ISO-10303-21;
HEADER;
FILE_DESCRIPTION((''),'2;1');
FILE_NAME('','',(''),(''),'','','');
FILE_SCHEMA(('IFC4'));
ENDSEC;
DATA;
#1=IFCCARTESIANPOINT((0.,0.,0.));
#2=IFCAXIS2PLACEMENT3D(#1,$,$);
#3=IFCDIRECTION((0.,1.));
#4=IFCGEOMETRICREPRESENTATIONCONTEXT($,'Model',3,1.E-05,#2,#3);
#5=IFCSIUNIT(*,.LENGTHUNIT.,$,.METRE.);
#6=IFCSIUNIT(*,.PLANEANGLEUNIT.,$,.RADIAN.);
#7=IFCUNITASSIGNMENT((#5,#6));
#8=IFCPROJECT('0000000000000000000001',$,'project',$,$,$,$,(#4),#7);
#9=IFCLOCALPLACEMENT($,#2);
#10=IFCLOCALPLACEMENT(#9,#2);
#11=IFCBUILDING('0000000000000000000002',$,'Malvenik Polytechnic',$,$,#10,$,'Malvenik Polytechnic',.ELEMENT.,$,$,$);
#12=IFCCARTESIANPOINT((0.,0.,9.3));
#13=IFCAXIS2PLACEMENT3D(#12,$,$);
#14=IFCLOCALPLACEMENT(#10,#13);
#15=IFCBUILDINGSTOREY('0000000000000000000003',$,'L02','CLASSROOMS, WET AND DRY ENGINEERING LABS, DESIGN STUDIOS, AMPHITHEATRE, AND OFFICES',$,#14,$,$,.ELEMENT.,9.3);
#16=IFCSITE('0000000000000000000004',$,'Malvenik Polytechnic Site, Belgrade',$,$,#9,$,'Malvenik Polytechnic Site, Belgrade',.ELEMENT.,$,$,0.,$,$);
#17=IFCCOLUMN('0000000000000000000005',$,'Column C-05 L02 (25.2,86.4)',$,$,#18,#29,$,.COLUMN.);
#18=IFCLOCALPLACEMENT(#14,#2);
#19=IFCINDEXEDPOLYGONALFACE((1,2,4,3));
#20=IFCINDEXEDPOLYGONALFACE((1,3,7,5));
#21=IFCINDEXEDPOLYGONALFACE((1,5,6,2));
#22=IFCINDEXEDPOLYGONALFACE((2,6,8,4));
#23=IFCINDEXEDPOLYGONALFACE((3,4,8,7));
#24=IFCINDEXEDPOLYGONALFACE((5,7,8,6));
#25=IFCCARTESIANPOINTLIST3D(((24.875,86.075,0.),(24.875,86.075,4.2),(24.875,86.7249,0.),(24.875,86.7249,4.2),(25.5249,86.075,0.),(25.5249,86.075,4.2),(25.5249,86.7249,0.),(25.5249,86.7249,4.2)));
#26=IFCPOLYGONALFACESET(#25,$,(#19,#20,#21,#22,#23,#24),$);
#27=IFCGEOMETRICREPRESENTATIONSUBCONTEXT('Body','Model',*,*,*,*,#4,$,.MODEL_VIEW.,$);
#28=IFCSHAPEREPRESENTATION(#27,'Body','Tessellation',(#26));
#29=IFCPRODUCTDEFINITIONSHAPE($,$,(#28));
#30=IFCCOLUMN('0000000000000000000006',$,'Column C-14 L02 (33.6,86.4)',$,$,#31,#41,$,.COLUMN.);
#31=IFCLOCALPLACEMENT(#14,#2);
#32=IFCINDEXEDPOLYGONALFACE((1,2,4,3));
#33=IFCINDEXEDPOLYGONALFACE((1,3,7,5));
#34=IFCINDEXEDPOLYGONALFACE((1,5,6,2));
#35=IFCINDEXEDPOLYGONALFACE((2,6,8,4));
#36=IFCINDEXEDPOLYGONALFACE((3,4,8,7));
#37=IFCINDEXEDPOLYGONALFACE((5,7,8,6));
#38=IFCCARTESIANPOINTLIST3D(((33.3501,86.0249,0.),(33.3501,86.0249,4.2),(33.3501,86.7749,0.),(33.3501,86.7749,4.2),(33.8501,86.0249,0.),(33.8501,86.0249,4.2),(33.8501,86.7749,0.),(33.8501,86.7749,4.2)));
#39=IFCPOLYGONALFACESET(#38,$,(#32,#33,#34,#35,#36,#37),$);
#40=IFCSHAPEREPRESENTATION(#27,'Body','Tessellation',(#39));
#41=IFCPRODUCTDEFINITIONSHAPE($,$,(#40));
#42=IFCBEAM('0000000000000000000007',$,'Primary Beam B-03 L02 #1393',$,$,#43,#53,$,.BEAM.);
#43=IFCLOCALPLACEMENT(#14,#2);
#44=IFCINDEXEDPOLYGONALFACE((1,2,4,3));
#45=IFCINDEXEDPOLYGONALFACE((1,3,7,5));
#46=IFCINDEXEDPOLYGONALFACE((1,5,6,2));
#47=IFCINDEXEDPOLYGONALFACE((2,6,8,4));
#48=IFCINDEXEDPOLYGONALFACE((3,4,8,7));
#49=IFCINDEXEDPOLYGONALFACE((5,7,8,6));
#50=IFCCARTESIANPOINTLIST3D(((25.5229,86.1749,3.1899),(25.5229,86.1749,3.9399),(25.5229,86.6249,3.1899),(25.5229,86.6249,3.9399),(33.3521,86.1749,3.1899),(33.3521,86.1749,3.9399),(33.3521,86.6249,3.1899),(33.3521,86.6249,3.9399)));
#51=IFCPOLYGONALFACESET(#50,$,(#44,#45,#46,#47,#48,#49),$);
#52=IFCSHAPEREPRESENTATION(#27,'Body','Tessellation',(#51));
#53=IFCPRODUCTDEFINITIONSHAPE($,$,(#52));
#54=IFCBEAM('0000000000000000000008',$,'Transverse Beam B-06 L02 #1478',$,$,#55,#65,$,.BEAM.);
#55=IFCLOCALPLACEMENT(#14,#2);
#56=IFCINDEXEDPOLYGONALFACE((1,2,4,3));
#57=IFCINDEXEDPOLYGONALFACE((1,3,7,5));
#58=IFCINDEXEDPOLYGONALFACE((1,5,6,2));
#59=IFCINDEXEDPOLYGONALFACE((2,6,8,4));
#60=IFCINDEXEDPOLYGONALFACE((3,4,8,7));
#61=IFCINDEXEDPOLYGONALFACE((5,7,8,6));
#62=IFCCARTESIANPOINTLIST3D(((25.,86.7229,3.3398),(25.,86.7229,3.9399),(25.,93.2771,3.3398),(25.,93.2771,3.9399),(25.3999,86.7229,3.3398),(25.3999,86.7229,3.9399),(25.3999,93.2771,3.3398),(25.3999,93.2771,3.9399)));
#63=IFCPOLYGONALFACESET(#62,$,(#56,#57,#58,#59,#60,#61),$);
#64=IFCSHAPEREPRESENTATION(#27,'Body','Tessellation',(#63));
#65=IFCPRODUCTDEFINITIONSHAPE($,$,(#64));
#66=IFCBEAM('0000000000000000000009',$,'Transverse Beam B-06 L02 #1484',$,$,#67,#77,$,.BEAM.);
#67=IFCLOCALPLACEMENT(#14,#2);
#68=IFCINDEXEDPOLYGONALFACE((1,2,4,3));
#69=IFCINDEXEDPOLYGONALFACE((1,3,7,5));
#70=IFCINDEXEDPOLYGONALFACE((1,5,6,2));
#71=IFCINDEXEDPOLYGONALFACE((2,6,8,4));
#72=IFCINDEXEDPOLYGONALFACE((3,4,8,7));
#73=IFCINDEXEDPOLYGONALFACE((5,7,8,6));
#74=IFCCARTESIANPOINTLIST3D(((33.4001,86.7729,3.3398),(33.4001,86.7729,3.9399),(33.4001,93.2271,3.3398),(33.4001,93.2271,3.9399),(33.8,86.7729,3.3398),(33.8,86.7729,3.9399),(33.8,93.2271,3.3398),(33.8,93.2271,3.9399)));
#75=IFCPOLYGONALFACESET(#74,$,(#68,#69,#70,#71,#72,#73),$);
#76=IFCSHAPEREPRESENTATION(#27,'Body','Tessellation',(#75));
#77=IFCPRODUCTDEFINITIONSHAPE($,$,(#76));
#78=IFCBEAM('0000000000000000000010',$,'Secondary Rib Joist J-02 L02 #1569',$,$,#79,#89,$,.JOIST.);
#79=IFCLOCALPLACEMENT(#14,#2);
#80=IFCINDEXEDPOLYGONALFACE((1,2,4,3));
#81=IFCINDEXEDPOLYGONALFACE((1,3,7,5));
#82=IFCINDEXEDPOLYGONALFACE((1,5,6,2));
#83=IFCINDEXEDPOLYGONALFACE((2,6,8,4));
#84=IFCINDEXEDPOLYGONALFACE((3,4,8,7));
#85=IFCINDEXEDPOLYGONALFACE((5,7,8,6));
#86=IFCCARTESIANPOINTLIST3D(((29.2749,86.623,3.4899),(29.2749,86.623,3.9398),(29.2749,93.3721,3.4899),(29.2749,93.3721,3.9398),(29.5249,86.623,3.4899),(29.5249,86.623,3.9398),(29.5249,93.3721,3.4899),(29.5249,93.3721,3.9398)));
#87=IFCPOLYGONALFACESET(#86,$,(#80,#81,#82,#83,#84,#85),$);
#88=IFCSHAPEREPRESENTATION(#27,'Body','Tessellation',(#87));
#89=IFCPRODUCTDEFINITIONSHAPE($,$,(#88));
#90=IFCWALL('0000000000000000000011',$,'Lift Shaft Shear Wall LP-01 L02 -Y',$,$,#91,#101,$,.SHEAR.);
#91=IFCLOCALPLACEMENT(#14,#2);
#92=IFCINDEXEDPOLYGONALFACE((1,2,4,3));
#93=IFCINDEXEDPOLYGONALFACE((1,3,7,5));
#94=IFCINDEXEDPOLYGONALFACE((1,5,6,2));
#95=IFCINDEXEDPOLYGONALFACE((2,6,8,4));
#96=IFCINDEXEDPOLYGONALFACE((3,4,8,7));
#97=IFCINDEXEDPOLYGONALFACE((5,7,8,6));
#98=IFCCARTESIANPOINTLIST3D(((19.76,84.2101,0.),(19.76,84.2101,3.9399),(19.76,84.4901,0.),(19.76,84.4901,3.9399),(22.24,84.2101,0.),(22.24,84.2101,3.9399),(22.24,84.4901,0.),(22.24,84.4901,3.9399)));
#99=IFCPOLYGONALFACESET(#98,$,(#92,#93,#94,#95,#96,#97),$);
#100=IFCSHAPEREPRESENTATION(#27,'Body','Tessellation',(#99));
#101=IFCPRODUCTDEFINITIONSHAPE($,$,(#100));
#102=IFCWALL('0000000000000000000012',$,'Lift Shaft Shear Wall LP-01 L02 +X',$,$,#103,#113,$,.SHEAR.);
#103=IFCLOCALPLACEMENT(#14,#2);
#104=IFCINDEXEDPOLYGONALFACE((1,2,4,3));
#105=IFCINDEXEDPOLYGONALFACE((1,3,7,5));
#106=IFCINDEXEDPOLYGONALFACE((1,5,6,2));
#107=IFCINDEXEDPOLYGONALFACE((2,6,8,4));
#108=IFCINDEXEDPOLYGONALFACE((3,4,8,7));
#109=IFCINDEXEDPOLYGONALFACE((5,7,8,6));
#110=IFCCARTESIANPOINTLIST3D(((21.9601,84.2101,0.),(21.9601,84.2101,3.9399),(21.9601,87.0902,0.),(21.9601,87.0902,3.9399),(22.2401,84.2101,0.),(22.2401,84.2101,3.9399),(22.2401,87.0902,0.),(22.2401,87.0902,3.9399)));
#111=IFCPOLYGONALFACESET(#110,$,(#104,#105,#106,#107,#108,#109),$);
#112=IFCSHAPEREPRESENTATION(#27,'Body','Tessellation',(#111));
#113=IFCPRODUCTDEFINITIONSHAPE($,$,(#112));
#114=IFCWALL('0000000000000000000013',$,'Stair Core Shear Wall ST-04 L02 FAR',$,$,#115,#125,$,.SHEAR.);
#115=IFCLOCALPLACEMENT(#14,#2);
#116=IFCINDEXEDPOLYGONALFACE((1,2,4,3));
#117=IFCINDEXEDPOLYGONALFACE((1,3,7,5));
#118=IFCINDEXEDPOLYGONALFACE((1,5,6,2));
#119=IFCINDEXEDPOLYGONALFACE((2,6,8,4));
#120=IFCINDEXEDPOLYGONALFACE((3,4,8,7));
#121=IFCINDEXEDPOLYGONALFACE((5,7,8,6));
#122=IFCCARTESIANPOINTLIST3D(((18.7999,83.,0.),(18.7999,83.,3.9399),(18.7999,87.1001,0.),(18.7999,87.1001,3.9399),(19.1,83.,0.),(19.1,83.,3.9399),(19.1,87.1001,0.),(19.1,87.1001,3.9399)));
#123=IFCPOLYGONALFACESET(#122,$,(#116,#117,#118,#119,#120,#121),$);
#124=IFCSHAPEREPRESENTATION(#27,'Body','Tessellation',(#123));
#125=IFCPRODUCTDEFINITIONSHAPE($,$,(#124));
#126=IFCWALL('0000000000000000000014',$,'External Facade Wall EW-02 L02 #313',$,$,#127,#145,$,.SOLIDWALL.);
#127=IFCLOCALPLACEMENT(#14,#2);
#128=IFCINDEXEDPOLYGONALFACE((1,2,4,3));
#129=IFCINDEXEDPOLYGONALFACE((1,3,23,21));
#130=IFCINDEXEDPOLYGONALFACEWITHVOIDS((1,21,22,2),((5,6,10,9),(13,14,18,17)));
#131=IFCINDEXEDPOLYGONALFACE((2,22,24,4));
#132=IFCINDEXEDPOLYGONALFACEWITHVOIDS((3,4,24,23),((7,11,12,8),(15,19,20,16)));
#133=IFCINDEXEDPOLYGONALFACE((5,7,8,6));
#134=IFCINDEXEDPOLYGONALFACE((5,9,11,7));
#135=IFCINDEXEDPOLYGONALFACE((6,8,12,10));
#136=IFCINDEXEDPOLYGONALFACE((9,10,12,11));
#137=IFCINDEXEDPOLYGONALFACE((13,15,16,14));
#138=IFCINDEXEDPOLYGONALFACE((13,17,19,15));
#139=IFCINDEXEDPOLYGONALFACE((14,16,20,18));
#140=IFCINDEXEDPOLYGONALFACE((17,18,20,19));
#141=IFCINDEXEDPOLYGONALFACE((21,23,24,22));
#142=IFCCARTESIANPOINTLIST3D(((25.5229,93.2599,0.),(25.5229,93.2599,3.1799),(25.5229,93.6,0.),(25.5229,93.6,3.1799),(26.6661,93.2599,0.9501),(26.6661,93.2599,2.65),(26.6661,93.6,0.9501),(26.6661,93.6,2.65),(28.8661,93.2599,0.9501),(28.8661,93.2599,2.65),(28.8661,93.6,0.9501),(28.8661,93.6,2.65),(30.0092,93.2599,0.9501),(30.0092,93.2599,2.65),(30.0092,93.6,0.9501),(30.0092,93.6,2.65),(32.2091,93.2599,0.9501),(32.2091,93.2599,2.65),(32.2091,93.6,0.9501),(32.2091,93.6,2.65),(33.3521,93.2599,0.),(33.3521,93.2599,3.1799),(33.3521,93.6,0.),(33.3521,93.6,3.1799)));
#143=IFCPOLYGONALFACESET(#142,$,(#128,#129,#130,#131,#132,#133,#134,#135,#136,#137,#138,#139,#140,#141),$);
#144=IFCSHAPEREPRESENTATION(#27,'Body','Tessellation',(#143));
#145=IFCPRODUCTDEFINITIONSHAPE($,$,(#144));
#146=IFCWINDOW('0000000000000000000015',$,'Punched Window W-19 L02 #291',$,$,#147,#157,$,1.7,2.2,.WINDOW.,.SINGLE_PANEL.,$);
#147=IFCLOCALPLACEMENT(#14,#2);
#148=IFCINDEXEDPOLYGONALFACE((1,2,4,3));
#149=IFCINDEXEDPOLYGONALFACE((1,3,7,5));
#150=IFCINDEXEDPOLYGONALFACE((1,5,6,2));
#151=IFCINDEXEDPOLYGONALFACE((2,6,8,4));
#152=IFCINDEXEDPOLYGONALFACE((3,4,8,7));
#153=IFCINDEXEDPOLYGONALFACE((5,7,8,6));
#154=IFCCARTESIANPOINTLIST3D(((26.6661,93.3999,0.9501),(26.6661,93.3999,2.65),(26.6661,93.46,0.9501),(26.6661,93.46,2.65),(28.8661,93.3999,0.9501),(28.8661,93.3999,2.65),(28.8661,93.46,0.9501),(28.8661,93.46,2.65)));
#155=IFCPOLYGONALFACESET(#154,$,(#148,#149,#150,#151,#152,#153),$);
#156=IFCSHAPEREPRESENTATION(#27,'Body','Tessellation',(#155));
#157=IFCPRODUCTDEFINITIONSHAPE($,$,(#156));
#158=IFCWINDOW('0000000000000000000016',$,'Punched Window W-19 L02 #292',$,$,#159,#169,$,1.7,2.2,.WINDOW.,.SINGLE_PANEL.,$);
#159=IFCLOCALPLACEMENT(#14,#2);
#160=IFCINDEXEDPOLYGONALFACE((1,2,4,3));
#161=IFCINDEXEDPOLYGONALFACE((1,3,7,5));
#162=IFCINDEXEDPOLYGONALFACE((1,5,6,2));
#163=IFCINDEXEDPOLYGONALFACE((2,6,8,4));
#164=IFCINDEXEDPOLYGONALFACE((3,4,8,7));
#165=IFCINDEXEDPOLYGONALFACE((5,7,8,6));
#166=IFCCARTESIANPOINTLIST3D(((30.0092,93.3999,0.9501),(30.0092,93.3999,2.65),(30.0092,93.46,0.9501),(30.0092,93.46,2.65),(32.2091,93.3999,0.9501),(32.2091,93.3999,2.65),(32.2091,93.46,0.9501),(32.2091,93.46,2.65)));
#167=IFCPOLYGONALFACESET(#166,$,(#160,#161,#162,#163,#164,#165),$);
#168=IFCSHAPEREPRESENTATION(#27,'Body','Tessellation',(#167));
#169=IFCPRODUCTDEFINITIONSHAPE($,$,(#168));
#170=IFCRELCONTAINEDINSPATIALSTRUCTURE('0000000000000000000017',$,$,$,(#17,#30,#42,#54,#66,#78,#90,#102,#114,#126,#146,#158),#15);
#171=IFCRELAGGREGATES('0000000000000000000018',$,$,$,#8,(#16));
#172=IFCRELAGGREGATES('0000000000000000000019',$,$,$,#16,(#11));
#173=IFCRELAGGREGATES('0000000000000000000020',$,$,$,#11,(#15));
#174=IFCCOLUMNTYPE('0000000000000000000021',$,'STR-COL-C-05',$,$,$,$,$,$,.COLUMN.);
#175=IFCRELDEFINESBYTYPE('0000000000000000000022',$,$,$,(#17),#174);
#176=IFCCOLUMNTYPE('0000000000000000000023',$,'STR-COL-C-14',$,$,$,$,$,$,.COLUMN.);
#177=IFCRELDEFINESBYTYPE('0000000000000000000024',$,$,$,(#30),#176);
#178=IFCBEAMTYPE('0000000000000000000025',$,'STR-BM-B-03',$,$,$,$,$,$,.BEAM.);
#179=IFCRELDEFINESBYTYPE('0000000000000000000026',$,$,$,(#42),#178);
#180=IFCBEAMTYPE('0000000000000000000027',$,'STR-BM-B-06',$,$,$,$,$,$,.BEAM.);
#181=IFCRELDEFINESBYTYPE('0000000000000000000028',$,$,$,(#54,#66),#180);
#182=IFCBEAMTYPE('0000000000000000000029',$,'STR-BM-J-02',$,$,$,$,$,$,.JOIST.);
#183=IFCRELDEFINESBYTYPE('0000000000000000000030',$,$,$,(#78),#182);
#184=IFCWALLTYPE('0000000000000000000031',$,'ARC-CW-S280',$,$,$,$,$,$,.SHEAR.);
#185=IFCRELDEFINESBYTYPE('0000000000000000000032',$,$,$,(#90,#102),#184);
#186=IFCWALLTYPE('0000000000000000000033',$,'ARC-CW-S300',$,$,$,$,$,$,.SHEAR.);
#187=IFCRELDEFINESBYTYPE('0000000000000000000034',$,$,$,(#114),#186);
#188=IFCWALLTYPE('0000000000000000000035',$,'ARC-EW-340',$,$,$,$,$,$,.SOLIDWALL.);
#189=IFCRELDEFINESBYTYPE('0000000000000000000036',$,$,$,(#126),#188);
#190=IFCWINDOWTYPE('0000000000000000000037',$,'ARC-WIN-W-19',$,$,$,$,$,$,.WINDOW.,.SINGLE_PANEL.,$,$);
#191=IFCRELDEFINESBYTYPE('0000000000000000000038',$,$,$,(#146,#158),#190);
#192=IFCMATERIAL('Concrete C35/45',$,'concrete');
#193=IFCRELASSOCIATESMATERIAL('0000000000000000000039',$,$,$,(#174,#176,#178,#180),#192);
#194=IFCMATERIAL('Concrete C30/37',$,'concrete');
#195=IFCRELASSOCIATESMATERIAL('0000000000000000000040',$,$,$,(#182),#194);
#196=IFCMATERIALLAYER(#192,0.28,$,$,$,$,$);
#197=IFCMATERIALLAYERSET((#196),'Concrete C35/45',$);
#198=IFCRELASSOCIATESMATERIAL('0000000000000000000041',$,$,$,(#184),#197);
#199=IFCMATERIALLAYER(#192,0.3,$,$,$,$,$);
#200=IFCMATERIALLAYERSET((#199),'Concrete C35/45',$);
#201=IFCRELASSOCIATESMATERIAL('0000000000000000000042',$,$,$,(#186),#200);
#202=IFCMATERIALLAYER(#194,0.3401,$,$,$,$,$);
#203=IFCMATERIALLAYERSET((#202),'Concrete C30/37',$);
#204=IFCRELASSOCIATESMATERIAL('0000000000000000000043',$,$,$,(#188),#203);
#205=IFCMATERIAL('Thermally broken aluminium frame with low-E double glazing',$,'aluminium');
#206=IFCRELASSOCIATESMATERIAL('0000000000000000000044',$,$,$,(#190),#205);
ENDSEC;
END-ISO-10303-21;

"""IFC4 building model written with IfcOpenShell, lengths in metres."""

from ifc_helpers import new_model, si_unit, direction, frame, frame_2d, origin, origin_2d, place, context, subcontext, project, spatial, rectangle, extrude, material, layer, layer_set, material_profile, profile_set, type_object, element, fill, save


model = new_model("IFC4")

# Units and contexts
model_context = context("Model", 3, precision=1e-05, world=origin(), true_north=direction((0.0, 1.0)))
body_context = subcontext(model_context, "Body", "Model", "MODEL_VIEW")
ifc_project = project(units=[si_unit("LENGTHUNIT", "METRE"), si_unit("PLANEANGLEUNIT", "RADIAN")], contexts=[model_context])

# Site, building, storey
site_placement = place(None, origin())
site = spatial("IfcSite", under=ifc_project, at=site_placement, Name="Malvenik Polytechnic Site, Belgrade", LongName="Malvenik Polytechnic Site, Belgrade", CompositionType="ELEMENT", RefElevation=0.0)
building_placement = place(site_placement, origin())
building = spatial("IfcBuilding", under=site, at=building_placement, Name="Malvenik Polytechnic", LongName="Malvenik Polytechnic", CompositionType="ELEMENT")
storey_placement = place(building_placement, frame((0.0, 0.0, 9.3)))
storey = spatial("IfcBuildingStorey", under=building, at=storey_placement, Name="L02", Description="CLASSROOMS, WET AND DRY ENGINEERING LABS, DESIGN STUDIOS, AMPHITHEATRE, AND OFFICES", CompositionType="ELEMENT", Elevation=9.3)

# Columns
ifc_material_1 = material(Name="Concrete C35/45", Category="concrete")
ifc_material_profile_1 = material_profile(ifc_material_1, rectangle(XDim=0.6499, YDim=0.6499, at=origin_2d()), Name="RC COL 650x650")
ifc_profile_set_1 = profile_set([ifc_material_profile_1], Name="Concrete C35/45")
column_type_1 = type_object("IfcColumnType", Name="STR-COL-C-05", PredefinedType="COLUMN", material=ifc_profile_set_1)
column_1_placement = place(storey_placement, frame((25.2, 86.3999, 0.0), z_axis=(0.0, 0.0, 1.0), x_axis=(1.0, 0.0, 0.0)))
element("IfcColumn", 1, at=column_1_placement, inside=storey, type_object=column_type_1, Name="Column C-05 L02 (25.2,86.4)", PredefinedType="COLUMN", context=body_context, shape_type="SweptSolid", body=[
    extrude(rectangle(XDim=0.6499, YDim=0.6499, at=origin_2d()), origin(), (0.0, 0.0, 1.0), 4.2),
])
ifc_material_profile_2 = material_profile(ifc_material_1, rectangle(XDim=0.5, YDim=0.75, at=origin_2d()), Name="RC COL 750x500")
ifc_profile_set_2 = profile_set([ifc_material_profile_2], Name="Concrete C35/45")
column_type_2 = type_object("IfcColumnType", Name="STR-COL-C-14", PredefinedType="COLUMN", material=ifc_profile_set_2)
column_2_placement = place(storey_placement, frame((33.6001, 86.3999, 0.0), z_axis=(0.0, 0.0, 1.0), x_axis=(1.0, 0.0, 0.0)))
element("IfcColumn", 2, at=column_2_placement, inside=storey, type_object=column_type_2, Name="Column C-14 L02 (33.6,86.4)", PredefinedType="COLUMN", context=body_context, shape_type="SweptSolid", body=[
    extrude(rectangle(XDim=0.5, YDim=0.75, at=origin_2d()), origin(), (0.0, 0.0, 1.0), 4.2),
])

# Beams
ifc_material_profile_3 = material_profile(ifc_material_1, rectangle(XDim=0.45, YDim=0.75, at=origin_2d()), Name="RC BM 450x750")
ifc_profile_set_3 = profile_set([ifc_material_profile_3], Name="Concrete C35/45")
beam_type_1 = type_object("IfcBeamType", Name="STR-BM-B-03", PredefinedType="BEAM", material=ifc_profile_set_3)
beam_1_placement = place(storey_placement, frame((25.5229, 86.3999, 3.5649), z_axis=(1.0, 0.0, 0.0), x_axis=(0.0, 1.0, 0.0)))
element("IfcBeam", 3, at=beam_1_placement, inside=storey, type_object=beam_type_1, Name="Primary Beam B-03 L02 #1393", PredefinedType="BEAM", context=body_context, shape_type="SweptSolid", body=[
    extrude(rectangle(XDim=0.45, YDim=0.75, at=origin_2d()), origin(), (0.0, 0.0, 1.0), 7.8291),
])
ifc_material_profile_4 = material_profile(ifc_material_1, rectangle(XDim=0.3999, YDim=0.6001, at=origin_2d()), Name="RC BM 400x600")
ifc_profile_set_4 = profile_set([ifc_material_profile_4], Name="Concrete C35/45")
beam_type_2 = type_object("IfcBeamType", Name="STR-BM-B-06", PredefinedType="BEAM", material=ifc_profile_set_4)
beam_2_placement = place(storey_placement, frame((25.2, 86.7229, 3.6399), z_axis=(0.0, 1.0, 0.0), x_axis=(-1.0, 0.0, 0.0)))
element("IfcBeam", 4, at=beam_2_placement, inside=storey, type_object=beam_type_2, Name="Transverse Beam B-06 L02 #1478", PredefinedType="BEAM", context=body_context, shape_type="SweptSolid", body=[
    extrude(rectangle(XDim=0.3999, YDim=0.6001, at=origin_2d()), origin(), (0.0, 0.0, 1.0), 6.5542),
])
beam_3_placement = place(storey_placement, frame((33.6001, 86.7729, 3.6399), z_axis=(0.0, 1.0, 0.0), x_axis=(-1.0, 0.0, 0.0)))
element("IfcBeam", 5, at=beam_3_placement, inside=storey, type_object=beam_type_2, Name="Transverse Beam B-06 L02 #1484", PredefinedType="BEAM", context=body_context, shape_type="SweptSolid", body=[
    extrude(rectangle(XDim=0.3999, YDim=0.6001, at=origin_2d()), origin(), (0.0, 0.0, 1.0), 6.4541),
])
ifc_material_2 = material(Name="Concrete C30/37", Category="concrete")
ifc_material_profile_5 = material_profile(ifc_material_2, rectangle(XDim=0.25, YDim=0.45, at=origin_2d()), Name="RC JST 250x450")
ifc_profile_set_5 = profile_set([ifc_material_profile_5], Name="Concrete C30/37")
beam_type_3 = type_object("IfcBeamType", Name="STR-BM-J-02", PredefinedType="JOIST", material=ifc_profile_set_5)
beam_4_placement = place(storey_placement, frame((29.3999, 86.623, 3.7148), z_axis=(0.0, 1.0, 0.0), x_axis=(-1.0, 0.0, 0.0)))
element("IfcBeam", 6, at=beam_4_placement, inside=storey, type_object=beam_type_3, Name="Secondary Rib Joist J-02 L02 #1569", PredefinedType="JOIST", context=body_context, shape_type="SweptSolid", body=[
    extrude(rectangle(XDim=0.25, YDim=0.45, at=origin_2d()), origin(), (0.0, 0.0, 1.0), 6.749),
])

# Wall
ifc_layer_1 = layer(ifc_material_1, 0.28)
ifc_layer_set_1 = layer_set([ifc_layer_1], Name="Concrete C35/45")
wall_type_1 = type_object("IfcWallType", Name="ARC-CW-S280", PredefinedType="SHEAR", material=ifc_layer_set_1)
wall_1_placement = place(storey_placement, frame((22.24, 84.3501, 0.0), z_axis=(0.0, 0.0, 1.0), x_axis=(-1.0, 0.0, 0.0)))
element("IfcWall", 7, at=wall_1_placement, inside=storey, type_object=wall_type_1, Name="Lift Shaft Shear Wall LP-01 L02 -Y", PredefinedType="SHEAR", context=body_context, shape_type="SweptSolid", body=[
    extrude(rectangle(XDim=2.48, YDim=0.28, at=frame_2d((1.24, 0.0))), origin(), (0.0, 0.0, 1.0), 3.9399),
])

# Walls
wall_2_placement = place(storey_placement, frame((22.1001, 87.0901, 0.0), z_axis=(0.0, 0.0, 1.0), x_axis=(0.0, -1.0, 0.0)))
element("IfcWall", 8, at=wall_2_placement, inside=storey, type_object=wall_type_1, Name="Lift Shaft Shear Wall LP-01 L02 +X", PredefinedType="SHEAR", context=body_context, shape_type="SweptSolid", body=[
    extrude(rectangle(XDim=2.8801, YDim=0.28, at=frame_2d((1.4399, 0.0))), origin(), (0.0, 0.0, 1.0), 3.9399),
])
ifc_layer_2 = layer(ifc_material_1, 0.3)
ifc_layer_set_2 = layer_set([ifc_layer_2], Name="Concrete C35/45")
wall_type_2 = type_object("IfcWallType", Name="ARC-CW-S300", PredefinedType="SHEAR", material=ifc_layer_set_2)
wall_3_placement = place(storey_placement, frame((18.95, 87.1001, 0.0), z_axis=(0.0, 0.0, 1.0), x_axis=(0.0, -1.0, 0.0)))
element("IfcWall", 9, at=wall_3_placement, inside=storey, type_object=wall_type_2, Name="Stair Core Shear Wall ST-04 L02 FAR", PredefinedType="SHEAR", context=body_context, shape_type="SweptSolid", body=[
    extrude(rectangle(XDim=4.1001, YDim=0.3, at=frame_2d((2.05, 0.0))), origin(), (0.0, 0.0, 1.0), 3.9399),
])

# Wall, openings, windows
ifc_layer_3 = layer(ifc_material_2, 0.3401)
ifc_layer_set_3 = layer_set([ifc_layer_3], Name="Concrete C30/37")
wall_type_3 = type_object("IfcWallType", Name="ARC-EW-340", PredefinedType="SOLIDWALL", material=ifc_layer_set_3)
wall_4_placement = place(storey_placement, frame((25.5229, 93.4299, 0.0), z_axis=(0.0, 0.0, 1.0), x_axis=(1.0, 0.0, 0.0)))
wall_4 = element("IfcWall", 10, at=wall_4_placement, inside=storey, type_object=wall_type_3, Name="External Facade Wall EW-02 L02 #313", PredefinedType="SOLIDWALL", context=body_context, shape_type="SweptSolid", body=[
    extrude(rectangle(XDim=7.8291, YDim=0.3401, at=frame_2d((3.9146, 0.0))), origin(), (0.0, 0.0, 1.0), 3.1799),
])
opening_1_placement = place(wall_4_placement, frame((1.1431, 0.0, 0.95)))
opening_1 = element("IfcOpeningElement", 11, at=opening_1_placement, cuts=wall_4, PredefinedType="OPENING", context=body_context, shape_type="SweptSolid", body=[
    extrude(rectangle(XDim=2.2, YDim=1.7, at=frame_2d((1.1001, 0.8501))), frame((0.0, 0.1802, 0.0), z_axis=(0.0, -1.0, 0.0), x_axis=(1.0, 0.0, 0.0)), (0.0, 0.0, 1.0), 0.3601),
])
opening_2_placement = place(wall_4_placement, frame((4.4861, 0.0, 0.95)))
opening_2 = element("IfcOpeningElement", 12, at=opening_2_placement, cuts=wall_4, PredefinedType="OPENING", context=body_context, shape_type="SweptSolid", body=[
    extrude(rectangle(XDim=2.2, YDim=1.7, at=frame_2d((1.1001, 0.8501))), frame((0.0, 0.1802, 0.0), z_axis=(0.0, -1.0, 0.0), x_axis=(1.0, 0.0, 0.0)), (0.0, 0.0, 1.0), 0.3601),
])
ifc_material_3 = material(Name="Thermally broken aluminium frame with low-E double glazing", Category="aluminium")
window_type = type_object("IfcWindowType", Name="ARC-WIN-W-19", PartitioningType="SINGLE_PANEL", PredefinedType="WINDOW", material=ifc_material_3)
window_1_placement = place(opening_1_placement, origin())
window_1 = element("IfcWindow", 13, at=window_1_placement, inside=storey, type_object=window_type, Name="Punched Window W-19 L02 #291", OverallHeight=1.7, OverallWidth=2.2, PartitioningType="SINGLE_PANEL", PredefinedType="WINDOW", context=body_context, shape_type="SweptSolid", body=[
    extrude(rectangle(XDim=2.2, YDim=1.7, at=frame_2d((1.1001, 0.8501))), frame((0.0, 0.03, 0.0), z_axis=(0.0, -1.0, 0.0), x_axis=(1.0, 0.0, 0.0)), (0.0, 0.0, 1.0), 0.0601),
])
fill(opening_1, window_1)
window_2_placement = place(opening_2_placement, origin())
window_2 = element("IfcWindow", 14, at=window_2_placement, inside=storey, type_object=window_type, Name="Punched Window W-19 L02 #292", OverallHeight=1.7, OverallWidth=2.2, PartitioningType="SINGLE_PANEL", PredefinedType="WINDOW", context=body_context, shape_type="SweptSolid", body=[
    extrude(rectangle(XDim=2.2, YDim=1.7, at=frame_2d((1.1001, 0.8501))), frame((0.0, 0.03, 0.0), z_axis=(0.0, -1.0, 0.0), x_axis=(1.0, 0.0, 0.0)), (0.0, 0.0, 1.0), 0.0601),
])
fill(opening_2, window_2)

save(model, "model.ifc")
